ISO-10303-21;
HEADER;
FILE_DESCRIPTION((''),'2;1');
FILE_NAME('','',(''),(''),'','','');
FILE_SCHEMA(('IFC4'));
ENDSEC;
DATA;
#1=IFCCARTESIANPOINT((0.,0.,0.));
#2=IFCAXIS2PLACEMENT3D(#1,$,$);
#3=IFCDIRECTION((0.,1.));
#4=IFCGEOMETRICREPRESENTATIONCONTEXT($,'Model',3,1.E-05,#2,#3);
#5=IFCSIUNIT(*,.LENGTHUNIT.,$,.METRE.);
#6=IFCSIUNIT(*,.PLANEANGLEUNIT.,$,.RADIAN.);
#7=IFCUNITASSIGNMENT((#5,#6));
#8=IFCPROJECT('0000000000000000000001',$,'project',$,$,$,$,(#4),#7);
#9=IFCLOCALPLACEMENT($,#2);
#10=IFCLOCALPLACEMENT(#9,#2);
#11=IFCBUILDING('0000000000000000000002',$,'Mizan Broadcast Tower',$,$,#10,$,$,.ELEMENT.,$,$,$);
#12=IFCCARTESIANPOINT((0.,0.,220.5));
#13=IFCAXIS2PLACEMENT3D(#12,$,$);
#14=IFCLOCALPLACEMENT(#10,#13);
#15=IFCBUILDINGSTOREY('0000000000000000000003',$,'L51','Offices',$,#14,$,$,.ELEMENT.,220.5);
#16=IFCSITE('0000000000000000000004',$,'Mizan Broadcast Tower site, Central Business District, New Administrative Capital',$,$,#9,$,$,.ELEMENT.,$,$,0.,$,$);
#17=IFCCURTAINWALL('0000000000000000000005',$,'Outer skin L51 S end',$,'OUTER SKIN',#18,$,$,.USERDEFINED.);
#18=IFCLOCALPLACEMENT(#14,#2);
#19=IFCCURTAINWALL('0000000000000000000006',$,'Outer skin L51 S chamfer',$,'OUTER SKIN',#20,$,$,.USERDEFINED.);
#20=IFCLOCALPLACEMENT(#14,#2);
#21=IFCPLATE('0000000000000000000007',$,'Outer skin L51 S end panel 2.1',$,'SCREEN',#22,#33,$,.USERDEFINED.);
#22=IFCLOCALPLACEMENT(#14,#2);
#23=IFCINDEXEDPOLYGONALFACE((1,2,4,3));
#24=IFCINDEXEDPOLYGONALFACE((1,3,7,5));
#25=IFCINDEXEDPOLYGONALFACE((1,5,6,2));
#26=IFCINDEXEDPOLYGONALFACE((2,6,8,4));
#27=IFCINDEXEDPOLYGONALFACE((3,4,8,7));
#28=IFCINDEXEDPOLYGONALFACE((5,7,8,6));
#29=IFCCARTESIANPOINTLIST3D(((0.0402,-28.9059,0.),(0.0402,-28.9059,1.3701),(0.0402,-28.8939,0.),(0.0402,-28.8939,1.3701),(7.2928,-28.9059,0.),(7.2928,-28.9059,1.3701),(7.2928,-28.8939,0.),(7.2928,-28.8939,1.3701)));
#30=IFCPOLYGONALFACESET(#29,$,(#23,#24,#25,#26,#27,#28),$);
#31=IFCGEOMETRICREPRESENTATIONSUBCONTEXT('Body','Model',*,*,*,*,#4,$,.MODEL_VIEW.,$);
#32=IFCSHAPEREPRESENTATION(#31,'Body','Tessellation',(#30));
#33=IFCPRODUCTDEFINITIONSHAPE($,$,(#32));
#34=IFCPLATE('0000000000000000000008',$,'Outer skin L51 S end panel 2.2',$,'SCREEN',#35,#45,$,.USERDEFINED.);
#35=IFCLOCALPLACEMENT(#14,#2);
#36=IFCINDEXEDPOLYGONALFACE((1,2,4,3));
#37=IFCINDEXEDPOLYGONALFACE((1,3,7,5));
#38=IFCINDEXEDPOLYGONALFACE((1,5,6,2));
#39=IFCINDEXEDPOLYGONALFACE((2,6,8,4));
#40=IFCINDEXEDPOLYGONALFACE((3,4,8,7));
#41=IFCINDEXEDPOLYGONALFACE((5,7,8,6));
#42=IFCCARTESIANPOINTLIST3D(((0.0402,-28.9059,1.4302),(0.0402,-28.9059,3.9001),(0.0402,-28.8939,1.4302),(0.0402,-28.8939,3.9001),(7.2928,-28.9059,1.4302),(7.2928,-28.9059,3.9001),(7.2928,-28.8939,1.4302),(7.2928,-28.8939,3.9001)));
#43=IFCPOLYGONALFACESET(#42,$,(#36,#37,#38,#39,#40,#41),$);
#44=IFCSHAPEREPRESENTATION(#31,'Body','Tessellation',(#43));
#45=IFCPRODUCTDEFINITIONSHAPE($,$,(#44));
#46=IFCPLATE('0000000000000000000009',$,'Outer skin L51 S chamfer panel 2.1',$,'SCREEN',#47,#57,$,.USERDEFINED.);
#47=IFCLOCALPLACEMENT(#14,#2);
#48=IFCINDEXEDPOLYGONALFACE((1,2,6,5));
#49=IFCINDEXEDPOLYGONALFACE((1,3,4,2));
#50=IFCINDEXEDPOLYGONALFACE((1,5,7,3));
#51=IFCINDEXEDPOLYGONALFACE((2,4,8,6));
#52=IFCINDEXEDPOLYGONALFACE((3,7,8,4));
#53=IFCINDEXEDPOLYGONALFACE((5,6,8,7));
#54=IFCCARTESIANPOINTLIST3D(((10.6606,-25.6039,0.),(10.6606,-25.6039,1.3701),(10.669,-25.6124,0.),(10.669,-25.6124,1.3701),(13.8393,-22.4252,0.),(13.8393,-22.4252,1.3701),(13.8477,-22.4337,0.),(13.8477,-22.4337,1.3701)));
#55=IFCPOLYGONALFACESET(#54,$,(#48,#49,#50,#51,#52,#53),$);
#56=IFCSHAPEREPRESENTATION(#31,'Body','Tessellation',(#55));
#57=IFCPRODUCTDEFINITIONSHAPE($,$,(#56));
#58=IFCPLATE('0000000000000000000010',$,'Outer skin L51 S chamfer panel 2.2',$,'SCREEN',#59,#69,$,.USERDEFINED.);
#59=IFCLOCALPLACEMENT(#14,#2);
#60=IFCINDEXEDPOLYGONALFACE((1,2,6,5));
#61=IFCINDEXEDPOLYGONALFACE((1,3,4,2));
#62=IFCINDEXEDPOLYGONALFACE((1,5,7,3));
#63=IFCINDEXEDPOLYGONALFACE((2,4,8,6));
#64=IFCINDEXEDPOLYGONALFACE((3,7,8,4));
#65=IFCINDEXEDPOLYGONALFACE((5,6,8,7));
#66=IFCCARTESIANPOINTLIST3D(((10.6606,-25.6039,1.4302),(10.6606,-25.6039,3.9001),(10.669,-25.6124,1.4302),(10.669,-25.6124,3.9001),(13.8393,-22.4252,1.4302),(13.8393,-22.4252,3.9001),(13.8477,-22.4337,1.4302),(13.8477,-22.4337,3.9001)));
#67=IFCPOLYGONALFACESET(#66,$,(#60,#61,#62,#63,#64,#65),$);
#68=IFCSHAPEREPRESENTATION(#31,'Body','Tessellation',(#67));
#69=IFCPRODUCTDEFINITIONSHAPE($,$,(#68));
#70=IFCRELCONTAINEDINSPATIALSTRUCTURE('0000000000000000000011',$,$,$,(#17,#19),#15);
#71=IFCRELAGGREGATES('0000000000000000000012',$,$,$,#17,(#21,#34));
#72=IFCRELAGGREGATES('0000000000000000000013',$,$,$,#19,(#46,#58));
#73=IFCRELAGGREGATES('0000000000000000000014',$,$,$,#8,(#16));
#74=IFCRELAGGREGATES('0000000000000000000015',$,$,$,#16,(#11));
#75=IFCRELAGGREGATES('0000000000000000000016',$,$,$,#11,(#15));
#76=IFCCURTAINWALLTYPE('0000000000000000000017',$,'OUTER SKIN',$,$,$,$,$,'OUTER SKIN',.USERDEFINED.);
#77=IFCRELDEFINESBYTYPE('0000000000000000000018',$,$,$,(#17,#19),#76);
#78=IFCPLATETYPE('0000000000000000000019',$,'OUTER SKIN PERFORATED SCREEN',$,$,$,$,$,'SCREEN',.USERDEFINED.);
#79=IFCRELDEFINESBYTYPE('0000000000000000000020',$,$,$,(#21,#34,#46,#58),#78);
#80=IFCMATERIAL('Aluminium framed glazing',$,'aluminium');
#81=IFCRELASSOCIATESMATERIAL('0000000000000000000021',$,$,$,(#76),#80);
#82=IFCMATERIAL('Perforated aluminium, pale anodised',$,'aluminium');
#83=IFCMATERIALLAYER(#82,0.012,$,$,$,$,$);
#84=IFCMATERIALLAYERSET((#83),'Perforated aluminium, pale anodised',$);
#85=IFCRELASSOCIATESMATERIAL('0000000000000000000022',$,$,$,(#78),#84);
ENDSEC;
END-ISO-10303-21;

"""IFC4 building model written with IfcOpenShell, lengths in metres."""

from ifc_helpers import new_model, si_unit, direction, frame, origin, origin_2d, place, context, subcontext, project, spatial, rectangle, extrude, material, layer, layer_set, type_object, element, aggregate, save


model = new_model("IFC4")

# Units and contexts
model_context = context("Model", 3, precision=1e-05, world=origin(), true_north=direction((0.0, 1.0)))
body_context = subcontext(model_context, "Body", "Model", "MODEL_VIEW")
ifc_project = project(units=[si_unit("LENGTHUNIT", "METRE"), si_unit("PLANEANGLEUNIT", "RADIAN")], contexts=[model_context])

# Site, building, storey
site_placement = place(None, origin())
site = spatial("IfcSite", under=ifc_project, at=site_placement, Name="Mizan Broadcast Tower site, Central Business District, New Administrative Capital", CompositionType="ELEMENT", RefElevation=0.0)
building_placement = place(site_placement, origin())
building = spatial("IfcBuilding", under=site, at=building_placement, Name="Mizan Broadcast Tower", CompositionType="ELEMENT")
storey_placement = place(building_placement, frame((0.0, 0.0, 220.5)))
storey = spatial("IfcBuildingStorey", under=building, at=storey_placement, Name="L51", Description="Offices", CompositionType="ELEMENT", Elevation=220.5)

# Curtain wall
ifc_material_1 = material(Name="Aluminium framed glazing", Category="aluminium")
curtain_wall_type_1 = type_object("IfcCurtainWallType", Name="OUTER SKIN", ElementType="OUTER SKIN", PredefinedType="USERDEFINED", material=ifc_material_1)
curtain_wall_1_placement = place(storey_placement, origin())
curtain_wall_1 = element("IfcCurtainWall", 1, at=curtain_wall_1_placement, inside=storey, type_object=curtain_wall_type_1, Name="Outer skin L51 S end", ObjectType="OUTER SKIN", PredefinedType="USERDEFINED")

# Curtain wall
curtain_wall_2_placement = place(storey_placement, origin())
curtain_wall_2 = element("IfcCurtainWall", 2, at=curtain_wall_2_placement, inside=storey, type_object=curtain_wall_type_1, Name="Outer skin L51 S chamfer", ObjectType="OUTER SKIN", PredefinedType="USERDEFINED")

# Plates
ifc_material_2 = material(Name="Perforated aluminium, pale anodised", Category="aluminium")
ifc_layer_1 = layer(ifc_material_2, 0.012)
ifc_layer_set_1 = layer_set([ifc_layer_1], Name="Perforated aluminium, pale anodised")
plate_type_1 = type_object("IfcPlateType", Name="OUTER SKIN PERFORATED SCREEN", ElementType="SCREEN", PredefinedType="USERDEFINED", material=ifc_layer_set_1)
plate_1_placement = place(storey_placement, frame((3.6665, -28.8999, 0.0), z_axis=(0.0, 0.0, 1.0), x_axis=(1.0, 0.0, 0.0)))
plate_1 = element("IfcPlate", 3, at=plate_1_placement, type_object=plate_type_1, Name="Outer skin L51 S end panel 2.1", ObjectType="SCREEN", PredefinedType="USERDEFINED", context=body_context, shape_type="SweptSolid", body=[
    extrude(rectangle(XDim=7.2527, YDim=0.012, at=origin_2d()), origin(), (0.0, 0.0, 1.0), 1.3701),
])
plate_2_placement = place(storey_placement, frame((3.6665, -28.8999, 1.4302), z_axis=(0.0, 0.0, 1.0), x_axis=(1.0, 0.0, 0.0)))
plate_2 = element("IfcPlate", 4, at=plate_2_placement, type_object=plate_type_1, Name="Outer skin L51 S end panel 2.2", ObjectType="SCREEN", PredefinedType="USERDEFINED", context=body_context, shape_type="SweptSolid", body=[
    extrude(rectangle(XDim=7.2527, YDim=0.012, at=origin_2d()), origin(), (0.0, 0.0, 1.0), 2.47),
])
aggregate(curtain_wall_1, [plate_1, plate_2])
plate_3_placement = place(storey_placement, frame((12.2542, -24.0188, 0.0), z_axis=(0.0, 0.0, 1.0), x_axis=(0.707107, 0.707107, 0.0)))
plate_3 = element("IfcPlate", 5, at=plate_3_placement, type_object=plate_type_1, Name="Outer skin L51 S chamfer panel 2.1", ObjectType="SCREEN", PredefinedType="USERDEFINED", context=body_context, shape_type="SweptSolid", body=[
    extrude(rectangle(XDim=4.4954, YDim=0.012, at=origin_2d()), origin(), (0.0, 0.0, 1.0), 1.3701),
])
plate_4_placement = place(storey_placement, frame((12.2542, -24.0188, 1.4302), z_axis=(0.0, 0.0, 1.0), x_axis=(0.707107, 0.707107, 0.0)))
plate_4 = element("IfcPlate", 6, at=plate_4_placement, type_object=plate_type_1, Name="Outer skin L51 S chamfer panel 2.2", ObjectType="SCREEN", PredefinedType="USERDEFINED", context=body_context, shape_type="SweptSolid", body=[
    extrude(rectangle(XDim=4.4954, YDim=0.012, at=origin_2d()), origin(), (0.0, 0.0, 1.0), 2.47),
])
aggregate(curtain_wall_2, [plate_3, plate_4])

save(model, "model.ifc")
